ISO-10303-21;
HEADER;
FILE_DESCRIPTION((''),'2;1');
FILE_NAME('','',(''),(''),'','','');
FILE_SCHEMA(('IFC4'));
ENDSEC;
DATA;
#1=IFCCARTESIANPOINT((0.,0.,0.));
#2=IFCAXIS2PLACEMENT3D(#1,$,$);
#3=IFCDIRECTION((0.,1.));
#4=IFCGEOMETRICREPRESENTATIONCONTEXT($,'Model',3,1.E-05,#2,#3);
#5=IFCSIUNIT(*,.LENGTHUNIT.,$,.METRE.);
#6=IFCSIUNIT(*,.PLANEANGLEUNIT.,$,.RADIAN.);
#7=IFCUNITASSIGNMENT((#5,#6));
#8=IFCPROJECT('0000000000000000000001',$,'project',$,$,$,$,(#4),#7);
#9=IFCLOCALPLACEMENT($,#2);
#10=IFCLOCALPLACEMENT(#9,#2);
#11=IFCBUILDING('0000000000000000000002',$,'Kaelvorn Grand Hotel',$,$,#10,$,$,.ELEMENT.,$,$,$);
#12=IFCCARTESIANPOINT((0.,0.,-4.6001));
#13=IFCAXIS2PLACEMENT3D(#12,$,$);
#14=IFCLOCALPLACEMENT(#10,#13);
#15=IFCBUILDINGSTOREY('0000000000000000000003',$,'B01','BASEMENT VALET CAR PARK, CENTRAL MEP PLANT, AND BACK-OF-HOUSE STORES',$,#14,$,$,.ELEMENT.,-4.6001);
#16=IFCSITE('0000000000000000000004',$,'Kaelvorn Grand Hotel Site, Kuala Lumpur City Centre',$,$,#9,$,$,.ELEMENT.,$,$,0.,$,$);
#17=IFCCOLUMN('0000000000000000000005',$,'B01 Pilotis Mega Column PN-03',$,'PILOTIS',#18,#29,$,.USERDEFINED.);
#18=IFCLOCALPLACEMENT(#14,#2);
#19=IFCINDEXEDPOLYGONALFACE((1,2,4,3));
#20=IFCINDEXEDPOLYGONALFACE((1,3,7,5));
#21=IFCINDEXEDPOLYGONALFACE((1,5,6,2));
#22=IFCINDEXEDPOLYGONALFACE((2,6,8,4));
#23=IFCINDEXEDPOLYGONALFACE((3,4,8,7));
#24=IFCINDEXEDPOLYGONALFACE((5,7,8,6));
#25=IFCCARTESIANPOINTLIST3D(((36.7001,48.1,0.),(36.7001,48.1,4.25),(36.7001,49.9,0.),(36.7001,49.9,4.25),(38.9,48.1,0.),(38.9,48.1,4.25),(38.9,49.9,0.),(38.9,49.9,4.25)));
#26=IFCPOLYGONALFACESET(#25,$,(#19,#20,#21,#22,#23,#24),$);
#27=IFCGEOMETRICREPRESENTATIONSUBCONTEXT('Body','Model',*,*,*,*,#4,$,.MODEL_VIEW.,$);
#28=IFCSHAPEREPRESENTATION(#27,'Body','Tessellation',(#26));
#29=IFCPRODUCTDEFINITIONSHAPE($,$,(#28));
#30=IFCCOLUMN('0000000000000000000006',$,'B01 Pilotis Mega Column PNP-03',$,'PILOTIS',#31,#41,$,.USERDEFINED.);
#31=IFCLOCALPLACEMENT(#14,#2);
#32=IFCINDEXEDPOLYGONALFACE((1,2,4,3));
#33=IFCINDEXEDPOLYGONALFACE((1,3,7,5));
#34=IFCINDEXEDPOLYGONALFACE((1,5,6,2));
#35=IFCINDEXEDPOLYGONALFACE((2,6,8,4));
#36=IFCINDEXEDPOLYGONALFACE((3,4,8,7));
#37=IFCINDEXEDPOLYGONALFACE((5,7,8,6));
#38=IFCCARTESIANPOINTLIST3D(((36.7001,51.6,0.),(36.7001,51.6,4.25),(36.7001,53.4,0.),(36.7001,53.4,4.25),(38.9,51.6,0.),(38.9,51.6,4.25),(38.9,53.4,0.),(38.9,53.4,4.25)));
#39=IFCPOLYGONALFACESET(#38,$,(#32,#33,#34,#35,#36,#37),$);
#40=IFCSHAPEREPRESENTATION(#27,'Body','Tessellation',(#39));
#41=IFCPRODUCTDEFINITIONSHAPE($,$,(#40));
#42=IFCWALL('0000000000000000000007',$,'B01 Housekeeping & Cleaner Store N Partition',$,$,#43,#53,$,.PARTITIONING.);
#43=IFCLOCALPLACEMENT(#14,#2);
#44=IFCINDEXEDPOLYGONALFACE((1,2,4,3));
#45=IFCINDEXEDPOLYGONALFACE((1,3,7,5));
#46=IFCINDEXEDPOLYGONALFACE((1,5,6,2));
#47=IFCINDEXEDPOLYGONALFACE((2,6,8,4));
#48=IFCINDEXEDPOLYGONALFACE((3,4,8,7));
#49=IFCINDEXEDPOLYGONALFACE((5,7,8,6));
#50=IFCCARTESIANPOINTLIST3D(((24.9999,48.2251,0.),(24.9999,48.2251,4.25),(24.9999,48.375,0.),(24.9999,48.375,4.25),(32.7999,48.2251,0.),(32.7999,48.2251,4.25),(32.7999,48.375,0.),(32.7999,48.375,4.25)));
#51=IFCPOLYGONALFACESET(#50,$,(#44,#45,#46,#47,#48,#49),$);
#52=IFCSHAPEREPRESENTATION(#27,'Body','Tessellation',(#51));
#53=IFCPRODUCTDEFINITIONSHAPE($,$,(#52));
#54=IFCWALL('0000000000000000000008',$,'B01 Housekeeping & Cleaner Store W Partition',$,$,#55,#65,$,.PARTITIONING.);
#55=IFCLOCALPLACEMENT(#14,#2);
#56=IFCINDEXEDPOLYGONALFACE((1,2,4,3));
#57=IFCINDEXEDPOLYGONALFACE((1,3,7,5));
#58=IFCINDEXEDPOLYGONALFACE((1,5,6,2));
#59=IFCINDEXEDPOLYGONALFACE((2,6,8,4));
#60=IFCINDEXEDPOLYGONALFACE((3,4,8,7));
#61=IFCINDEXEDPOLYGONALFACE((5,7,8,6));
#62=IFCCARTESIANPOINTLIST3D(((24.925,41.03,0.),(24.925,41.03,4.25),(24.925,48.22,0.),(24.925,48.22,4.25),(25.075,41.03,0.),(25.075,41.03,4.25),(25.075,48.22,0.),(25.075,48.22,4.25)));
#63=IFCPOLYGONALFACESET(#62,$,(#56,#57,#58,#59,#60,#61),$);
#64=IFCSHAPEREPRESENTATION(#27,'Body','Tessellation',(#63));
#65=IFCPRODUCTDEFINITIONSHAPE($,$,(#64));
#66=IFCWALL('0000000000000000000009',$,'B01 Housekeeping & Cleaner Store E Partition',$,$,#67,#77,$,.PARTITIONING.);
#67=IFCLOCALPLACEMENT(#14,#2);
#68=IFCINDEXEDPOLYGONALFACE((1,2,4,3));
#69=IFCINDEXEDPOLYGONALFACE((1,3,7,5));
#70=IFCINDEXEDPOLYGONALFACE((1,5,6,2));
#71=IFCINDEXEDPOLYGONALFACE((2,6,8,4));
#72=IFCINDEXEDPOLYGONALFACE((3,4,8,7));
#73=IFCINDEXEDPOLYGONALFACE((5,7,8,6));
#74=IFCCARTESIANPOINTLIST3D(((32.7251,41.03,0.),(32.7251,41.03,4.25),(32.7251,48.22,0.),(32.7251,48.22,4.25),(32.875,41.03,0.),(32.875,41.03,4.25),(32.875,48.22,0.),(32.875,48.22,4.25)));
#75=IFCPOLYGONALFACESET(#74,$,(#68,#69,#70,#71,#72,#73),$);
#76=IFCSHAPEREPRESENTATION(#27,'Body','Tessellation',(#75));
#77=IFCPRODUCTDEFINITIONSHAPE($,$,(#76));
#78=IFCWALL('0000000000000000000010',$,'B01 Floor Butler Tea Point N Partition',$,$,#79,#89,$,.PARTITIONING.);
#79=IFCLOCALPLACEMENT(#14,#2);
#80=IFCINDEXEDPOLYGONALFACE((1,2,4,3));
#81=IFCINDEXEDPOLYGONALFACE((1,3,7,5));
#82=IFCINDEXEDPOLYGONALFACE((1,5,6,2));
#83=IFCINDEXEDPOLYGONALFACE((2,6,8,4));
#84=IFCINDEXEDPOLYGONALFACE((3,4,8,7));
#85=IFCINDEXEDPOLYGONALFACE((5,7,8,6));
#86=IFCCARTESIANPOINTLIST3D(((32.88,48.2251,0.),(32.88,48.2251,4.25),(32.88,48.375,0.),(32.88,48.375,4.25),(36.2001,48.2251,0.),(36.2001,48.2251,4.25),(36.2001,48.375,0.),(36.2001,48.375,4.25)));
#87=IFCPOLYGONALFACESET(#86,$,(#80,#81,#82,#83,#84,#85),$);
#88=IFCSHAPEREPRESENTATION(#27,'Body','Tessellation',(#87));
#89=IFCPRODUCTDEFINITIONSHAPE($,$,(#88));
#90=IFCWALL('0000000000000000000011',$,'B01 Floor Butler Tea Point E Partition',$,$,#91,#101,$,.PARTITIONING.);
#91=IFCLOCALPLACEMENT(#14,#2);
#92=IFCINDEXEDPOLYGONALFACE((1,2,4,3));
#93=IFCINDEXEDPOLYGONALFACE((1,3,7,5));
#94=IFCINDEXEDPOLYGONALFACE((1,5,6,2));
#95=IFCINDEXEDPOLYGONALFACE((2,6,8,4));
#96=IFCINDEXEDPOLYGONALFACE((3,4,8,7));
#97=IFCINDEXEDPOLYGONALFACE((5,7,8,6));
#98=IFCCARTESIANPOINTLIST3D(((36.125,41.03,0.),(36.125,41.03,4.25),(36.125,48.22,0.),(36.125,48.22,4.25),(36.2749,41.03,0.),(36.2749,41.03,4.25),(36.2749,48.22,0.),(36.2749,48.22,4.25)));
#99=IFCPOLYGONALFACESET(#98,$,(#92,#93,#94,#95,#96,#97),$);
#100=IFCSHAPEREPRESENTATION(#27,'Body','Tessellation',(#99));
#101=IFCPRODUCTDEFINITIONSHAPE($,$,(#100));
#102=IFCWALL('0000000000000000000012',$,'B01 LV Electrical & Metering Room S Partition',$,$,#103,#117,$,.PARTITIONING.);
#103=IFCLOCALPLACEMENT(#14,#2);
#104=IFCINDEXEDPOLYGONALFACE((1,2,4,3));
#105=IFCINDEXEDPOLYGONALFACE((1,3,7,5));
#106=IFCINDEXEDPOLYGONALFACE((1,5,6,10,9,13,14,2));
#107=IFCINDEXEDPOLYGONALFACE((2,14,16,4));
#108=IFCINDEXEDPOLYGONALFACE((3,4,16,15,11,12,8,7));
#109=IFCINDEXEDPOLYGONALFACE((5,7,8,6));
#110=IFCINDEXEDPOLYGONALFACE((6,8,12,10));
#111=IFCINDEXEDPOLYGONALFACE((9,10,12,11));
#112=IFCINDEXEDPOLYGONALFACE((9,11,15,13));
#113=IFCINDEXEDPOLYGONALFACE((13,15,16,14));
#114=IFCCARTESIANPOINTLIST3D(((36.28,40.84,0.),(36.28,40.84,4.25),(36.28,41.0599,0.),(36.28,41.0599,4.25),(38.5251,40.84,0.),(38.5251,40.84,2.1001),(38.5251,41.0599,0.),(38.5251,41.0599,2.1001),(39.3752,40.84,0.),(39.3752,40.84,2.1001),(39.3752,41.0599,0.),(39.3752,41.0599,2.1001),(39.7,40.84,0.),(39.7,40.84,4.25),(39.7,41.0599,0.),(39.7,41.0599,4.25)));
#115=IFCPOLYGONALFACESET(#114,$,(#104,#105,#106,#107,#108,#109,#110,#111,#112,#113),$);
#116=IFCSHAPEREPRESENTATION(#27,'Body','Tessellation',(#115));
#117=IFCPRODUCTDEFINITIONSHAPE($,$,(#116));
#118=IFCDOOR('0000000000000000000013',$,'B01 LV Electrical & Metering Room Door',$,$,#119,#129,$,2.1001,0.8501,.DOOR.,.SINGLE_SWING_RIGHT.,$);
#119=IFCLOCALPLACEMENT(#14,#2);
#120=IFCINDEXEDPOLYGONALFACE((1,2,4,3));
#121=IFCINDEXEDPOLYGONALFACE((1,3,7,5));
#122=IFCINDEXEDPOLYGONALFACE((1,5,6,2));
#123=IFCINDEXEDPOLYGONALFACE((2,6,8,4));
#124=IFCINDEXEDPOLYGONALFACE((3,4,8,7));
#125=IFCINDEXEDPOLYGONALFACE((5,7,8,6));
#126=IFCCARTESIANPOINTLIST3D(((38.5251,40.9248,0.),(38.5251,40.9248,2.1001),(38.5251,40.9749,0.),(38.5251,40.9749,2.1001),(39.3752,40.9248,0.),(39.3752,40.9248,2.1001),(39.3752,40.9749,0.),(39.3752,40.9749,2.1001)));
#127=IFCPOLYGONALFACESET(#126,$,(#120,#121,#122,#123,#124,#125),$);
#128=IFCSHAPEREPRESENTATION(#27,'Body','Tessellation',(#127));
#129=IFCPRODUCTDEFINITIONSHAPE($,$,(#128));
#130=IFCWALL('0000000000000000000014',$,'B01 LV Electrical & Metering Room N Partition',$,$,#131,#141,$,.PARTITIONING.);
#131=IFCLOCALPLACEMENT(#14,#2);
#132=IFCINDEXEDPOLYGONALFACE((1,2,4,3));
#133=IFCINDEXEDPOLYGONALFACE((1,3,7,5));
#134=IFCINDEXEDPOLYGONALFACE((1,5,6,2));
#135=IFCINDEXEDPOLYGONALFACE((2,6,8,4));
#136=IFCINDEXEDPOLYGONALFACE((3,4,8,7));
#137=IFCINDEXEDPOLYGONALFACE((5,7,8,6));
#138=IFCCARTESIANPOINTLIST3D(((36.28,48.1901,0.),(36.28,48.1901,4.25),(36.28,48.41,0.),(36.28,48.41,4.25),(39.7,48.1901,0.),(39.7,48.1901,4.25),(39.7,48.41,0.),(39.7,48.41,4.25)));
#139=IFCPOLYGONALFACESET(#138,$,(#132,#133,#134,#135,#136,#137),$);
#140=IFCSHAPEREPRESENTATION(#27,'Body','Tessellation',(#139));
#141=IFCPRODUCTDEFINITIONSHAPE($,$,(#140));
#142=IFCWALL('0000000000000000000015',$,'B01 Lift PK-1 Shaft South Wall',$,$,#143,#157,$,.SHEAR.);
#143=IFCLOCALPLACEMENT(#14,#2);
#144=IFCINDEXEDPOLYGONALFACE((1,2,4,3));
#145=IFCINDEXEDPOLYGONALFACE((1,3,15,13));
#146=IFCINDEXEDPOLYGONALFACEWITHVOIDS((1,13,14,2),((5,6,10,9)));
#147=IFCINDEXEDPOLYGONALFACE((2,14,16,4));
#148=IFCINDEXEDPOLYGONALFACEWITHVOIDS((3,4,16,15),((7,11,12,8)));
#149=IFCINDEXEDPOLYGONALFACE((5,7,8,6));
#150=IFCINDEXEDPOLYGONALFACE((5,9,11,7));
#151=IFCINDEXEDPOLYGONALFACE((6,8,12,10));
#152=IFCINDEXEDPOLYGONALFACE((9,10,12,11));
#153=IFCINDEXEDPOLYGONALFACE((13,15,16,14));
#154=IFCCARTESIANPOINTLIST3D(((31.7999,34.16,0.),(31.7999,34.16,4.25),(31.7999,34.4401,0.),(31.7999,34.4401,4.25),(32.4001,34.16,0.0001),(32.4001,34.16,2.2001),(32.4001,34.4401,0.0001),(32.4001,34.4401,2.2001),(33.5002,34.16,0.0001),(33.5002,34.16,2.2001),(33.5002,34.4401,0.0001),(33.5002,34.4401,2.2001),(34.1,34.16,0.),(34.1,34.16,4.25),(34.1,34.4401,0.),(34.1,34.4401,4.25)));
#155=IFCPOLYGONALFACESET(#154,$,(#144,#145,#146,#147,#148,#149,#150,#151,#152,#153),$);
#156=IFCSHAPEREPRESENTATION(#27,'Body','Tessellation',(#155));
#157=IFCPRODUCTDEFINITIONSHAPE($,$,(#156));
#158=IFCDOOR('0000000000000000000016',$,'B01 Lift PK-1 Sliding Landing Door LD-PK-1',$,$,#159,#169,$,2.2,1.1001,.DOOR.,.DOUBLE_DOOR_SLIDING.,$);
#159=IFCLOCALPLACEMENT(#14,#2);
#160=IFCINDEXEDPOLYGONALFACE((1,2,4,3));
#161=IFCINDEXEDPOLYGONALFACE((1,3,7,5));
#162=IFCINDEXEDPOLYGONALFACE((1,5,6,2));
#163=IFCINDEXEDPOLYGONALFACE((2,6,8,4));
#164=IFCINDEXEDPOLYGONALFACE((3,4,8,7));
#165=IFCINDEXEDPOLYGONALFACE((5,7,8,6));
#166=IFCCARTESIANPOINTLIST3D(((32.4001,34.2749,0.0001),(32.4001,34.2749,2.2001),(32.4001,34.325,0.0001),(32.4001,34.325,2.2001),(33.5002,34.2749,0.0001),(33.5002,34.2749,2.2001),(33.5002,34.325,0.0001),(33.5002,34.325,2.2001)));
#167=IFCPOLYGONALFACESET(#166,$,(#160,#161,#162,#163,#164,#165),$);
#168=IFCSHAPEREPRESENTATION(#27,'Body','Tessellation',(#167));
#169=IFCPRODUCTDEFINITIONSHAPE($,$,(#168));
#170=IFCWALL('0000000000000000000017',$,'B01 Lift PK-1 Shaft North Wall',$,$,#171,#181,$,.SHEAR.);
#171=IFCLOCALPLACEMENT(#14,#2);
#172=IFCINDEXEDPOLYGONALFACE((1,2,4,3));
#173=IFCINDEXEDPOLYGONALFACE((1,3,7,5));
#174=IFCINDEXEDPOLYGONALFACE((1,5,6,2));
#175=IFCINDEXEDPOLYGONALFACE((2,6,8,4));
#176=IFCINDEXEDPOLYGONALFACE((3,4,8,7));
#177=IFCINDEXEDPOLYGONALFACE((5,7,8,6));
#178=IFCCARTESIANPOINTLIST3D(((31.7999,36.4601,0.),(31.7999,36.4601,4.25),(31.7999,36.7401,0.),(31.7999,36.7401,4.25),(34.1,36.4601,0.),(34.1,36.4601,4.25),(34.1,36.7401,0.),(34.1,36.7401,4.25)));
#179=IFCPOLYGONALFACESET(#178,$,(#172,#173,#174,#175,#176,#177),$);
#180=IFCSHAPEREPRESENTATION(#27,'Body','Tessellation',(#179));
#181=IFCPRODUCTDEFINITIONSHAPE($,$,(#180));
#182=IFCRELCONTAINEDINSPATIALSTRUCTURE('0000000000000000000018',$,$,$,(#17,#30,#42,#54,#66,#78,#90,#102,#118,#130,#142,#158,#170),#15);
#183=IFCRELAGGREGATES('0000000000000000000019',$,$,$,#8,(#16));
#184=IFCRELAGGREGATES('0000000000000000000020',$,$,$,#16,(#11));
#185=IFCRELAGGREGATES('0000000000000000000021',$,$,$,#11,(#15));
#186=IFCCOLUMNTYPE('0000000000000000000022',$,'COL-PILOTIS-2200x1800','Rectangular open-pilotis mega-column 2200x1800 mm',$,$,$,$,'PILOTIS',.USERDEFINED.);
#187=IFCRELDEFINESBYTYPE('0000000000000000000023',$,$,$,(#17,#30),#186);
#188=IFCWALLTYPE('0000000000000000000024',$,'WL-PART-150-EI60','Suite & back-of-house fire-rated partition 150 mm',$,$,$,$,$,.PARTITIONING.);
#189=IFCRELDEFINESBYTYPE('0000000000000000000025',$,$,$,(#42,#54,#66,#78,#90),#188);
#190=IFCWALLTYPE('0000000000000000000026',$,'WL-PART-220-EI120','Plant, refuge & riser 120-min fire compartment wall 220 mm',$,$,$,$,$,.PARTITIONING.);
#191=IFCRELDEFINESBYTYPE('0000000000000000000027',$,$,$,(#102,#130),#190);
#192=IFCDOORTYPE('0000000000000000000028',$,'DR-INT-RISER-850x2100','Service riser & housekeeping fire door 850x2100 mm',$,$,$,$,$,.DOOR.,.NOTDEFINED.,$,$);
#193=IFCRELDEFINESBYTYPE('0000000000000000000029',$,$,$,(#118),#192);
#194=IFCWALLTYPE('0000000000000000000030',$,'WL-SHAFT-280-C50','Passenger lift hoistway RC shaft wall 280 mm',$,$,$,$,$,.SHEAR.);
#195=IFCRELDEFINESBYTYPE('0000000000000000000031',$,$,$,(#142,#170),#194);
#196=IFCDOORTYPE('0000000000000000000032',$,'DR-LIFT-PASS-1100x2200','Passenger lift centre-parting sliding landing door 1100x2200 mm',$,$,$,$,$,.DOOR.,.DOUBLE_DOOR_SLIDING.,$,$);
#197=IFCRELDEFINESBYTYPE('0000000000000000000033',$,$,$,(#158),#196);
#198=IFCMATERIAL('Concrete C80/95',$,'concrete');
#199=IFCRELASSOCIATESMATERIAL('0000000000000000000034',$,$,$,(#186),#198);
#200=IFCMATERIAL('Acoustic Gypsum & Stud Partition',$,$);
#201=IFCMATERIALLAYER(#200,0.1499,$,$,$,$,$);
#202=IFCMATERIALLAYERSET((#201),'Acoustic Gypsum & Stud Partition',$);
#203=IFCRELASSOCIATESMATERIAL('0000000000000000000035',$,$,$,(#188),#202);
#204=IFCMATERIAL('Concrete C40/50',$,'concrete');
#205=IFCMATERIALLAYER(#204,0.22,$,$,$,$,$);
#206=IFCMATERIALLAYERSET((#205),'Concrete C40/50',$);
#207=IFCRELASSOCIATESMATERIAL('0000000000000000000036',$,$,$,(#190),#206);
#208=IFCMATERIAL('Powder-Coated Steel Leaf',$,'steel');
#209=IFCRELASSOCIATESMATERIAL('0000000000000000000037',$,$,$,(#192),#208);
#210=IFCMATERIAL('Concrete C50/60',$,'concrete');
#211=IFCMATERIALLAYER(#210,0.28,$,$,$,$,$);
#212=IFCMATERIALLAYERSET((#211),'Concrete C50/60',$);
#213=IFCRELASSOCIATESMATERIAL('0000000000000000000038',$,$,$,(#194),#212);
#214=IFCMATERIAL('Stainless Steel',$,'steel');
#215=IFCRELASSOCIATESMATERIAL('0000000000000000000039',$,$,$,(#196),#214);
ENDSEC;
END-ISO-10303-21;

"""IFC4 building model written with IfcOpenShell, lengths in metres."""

from ifc_helpers import new_model, si_unit, direction, frame, frame_2d, origin, origin_2d, place, context, subcontext, project, spatial, rectangle, extrude, material, layer, layer_set, material_profile, profile_set, type_object, element, fill, save


model = new_model("IFC4")

# Units and contexts
model_context = context("Model", 3, precision=1e-05, world=origin(), true_north=direction((0.0, 1.0)))
body_context = subcontext(model_context, "Body", "Model", "MODEL_VIEW")
ifc_project = project(units=[si_unit("LENGTHUNIT", "METRE"), si_unit("PLANEANGLEUNIT", "RADIAN")], contexts=[model_context])

# Site, building, storey
site_placement = place(None, origin())
site = spatial("IfcSite", under=ifc_project, at=site_placement, Name="Kaelvorn Grand Hotel Site, Kuala Lumpur City Centre", CompositionType="ELEMENT", RefElevation=0.0)
building_placement = place(site_placement, origin())
building = spatial("IfcBuilding", under=site, at=building_placement, Name="Kaelvorn Grand Hotel", CompositionType="ELEMENT")
storey_placement = place(building_placement, frame((0.0, 0.0, -4.6001)))
storey = spatial("IfcBuildingStorey", under=building, at=storey_placement, Name="B01", Description="BASEMENT VALET CAR PARK, CENTRAL MEP PLANT, AND BACK-OF-HOUSE STORES", CompositionType="ELEMENT", Elevation=-4.6001)

# Columns
ifc_material_1 = material(Name="Concrete C80/95", Category="concrete")
ifc_material_profile = material_profile(ifc_material_1, rectangle(XDim=2.2, YDim=1.8, at=origin_2d()), Name="PILOTIS 2200x1800")
ifc_profile_set = profile_set([ifc_material_profile], Name="Concrete C80/95")
column_type = type_object("IfcColumnType", Name="COL-PILOTIS-2200x1800", Description="Rectangular open-pilotis mega-column 2200x1800 mm", ElementType="PILOTIS", PredefinedType="USERDEFINED", material=ifc_profile_set)
for number, where, z_axis, x_axis, name in (
    (1, (37.8, 49.0, 0.0), (0.0, 0.0, 1.0), (1.0, 0.0, 0.0), "B01 Pilotis Mega Column PN-03"),
    (2, (37.8, 52.5, 0.0), (0.0, 0.0, 1.0), (1.0, 0.0, 0.0), "B01 Pilotis Mega Column PNP-03"),
):
    element("IfcColumn", number, at=place(storey_placement, frame(where, z_axis=z_axis, x_axis=x_axis)), inside=storey, type_object=column_type, Name=name, ObjectType="PILOTIS", PredefinedType="USERDEFINED", context=body_context, shape_type="SweptSolid", body=[
        extrude(rectangle(XDim=2.2, YDim=1.8, at=origin_2d()), origin(), (0.0, 0.0, 1.0), 4.25),
    ])

# Walls
ifc_material_2 = material(Name="Acoustic Gypsum & Stud Partition")
ifc_layer_1 = layer(ifc_material_2, 0.1499)
ifc_layer_set_1 = layer_set([ifc_layer_1], Name="Acoustic Gypsum & Stud Partition")
wall_type_1 = type_object("IfcWallType", Name="WL-PART-150-EI60", Description="Suite & back-of-house fire-rated partition 150 mm", PredefinedType="PARTITIONING", material=ifc_layer_set_1)
wall_1_placement = place(storey_placement, frame((25.0, 48.3, 0.0), z_axis=(0.0, 0.0, 1.0), x_axis=(1.0, 0.0, 0.0)))
element("IfcWall", 3, at=wall_1_placement, inside=storey, type_object=wall_type_1, Name="B01 Housekeeping & Cleaner Store N Partition", PredefinedType="PARTITIONING", context=body_context, shape_type="SweptSolid", body=[
    extrude(rectangle(XDim=7.8, YDim=0.1499, at=frame_2d((3.8999, 0.0))), origin(), (0.0, 0.0, 1.0), 4.25),
])
for number, where, z_axis, x_axis, name in (
    (4, (25.0, 41.03, 0.0), (0.0, 0.0, 1.0), (0.0, 1.0, 0.0), "B01 Housekeeping & Cleaner Store W Partition"),
    (5, (32.8, 41.03, 0.0), (0.0, 0.0, 1.0), (0.0, 1.0, 0.0), "B01 Housekeeping & Cleaner Store E Partition"),
):
    element("IfcWall", number, at=place(storey_placement, frame(where, z_axis=z_axis, x_axis=x_axis)), inside=storey, type_object=wall_type_1, Name=name, PredefinedType="PARTITIONING", context=body_context, shape_type="SweptSolid", body=[
        extrude(rectangle(XDim=7.1899, YDim=0.1499, at=frame_2d((3.595, 0.0))), origin(), (0.0, 0.0, 1.0), 4.25),
    ])

# Walls
wall_2_placement = place(storey_placement, frame((32.8799, 48.3, 0.0), z_axis=(0.0, 0.0, 1.0), x_axis=(1.0, 0.0, 0.0)))
element("IfcWall", 6, at=wall_2_placement, inside=storey, type_object=wall_type_1, Name="B01 Floor Butler Tea Point N Partition", PredefinedType="PARTITIONING", context=body_context, shape_type="SweptSolid", body=[
    extrude(rectangle(XDim=3.3201, YDim=0.1499, at=frame_2d((1.6602, 0.0))), origin(), (0.0, 0.0, 1.0), 4.25),
])
wall_3_placement = place(storey_placement, frame((36.2, 41.03, 0.0), z_axis=(0.0, 0.0, 1.0), x_axis=(0.0, 1.0, 0.0)))
element("IfcWall", 7, at=wall_3_placement, inside=storey, type_object=wall_type_1, Name="B01 Floor Butler Tea Point E Partition", PredefinedType="PARTITIONING", context=body_context, shape_type="SweptSolid", body=[
    extrude(rectangle(XDim=7.1899, YDim=0.1499, at=frame_2d((3.595, 0.0))), origin(), (0.0, 0.0, 1.0), 4.25),
])

# Wall, opening, door
ifc_material_3 = material(Name="Concrete C40/50", Category="concrete")
ifc_layer_2 = layer(ifc_material_3, 0.22)
ifc_layer_set_2 = layer_set([ifc_layer_2], Name="Concrete C40/50")
wall_type_2 = type_object("IfcWallType", Name="WL-PART-220-EI120", Description="Plant, refuge & riser 120-min fire compartment wall 220 mm", PredefinedType="PARTITIONING", material=ifc_layer_set_2)
wall_4_placement = place(storey_placement, frame((36.28, 40.95, 0.0), z_axis=(0.0, 0.0, 1.0), x_axis=(1.0, 0.0, 0.0)))
wall_4 = element("IfcWall", 8, at=wall_4_placement, inside=storey, type_object=wall_type_2, Name="B01 LV Electrical & Metering Room S Partition", PredefinedType="PARTITIONING", context=body_context, shape_type="SweptSolid", body=[
    extrude(rectangle(XDim=3.4199, YDim=0.22, at=frame_2d((1.71, 0.0))), origin(), (0.0, 0.0, 1.0), 4.25),
])
opening_1_placement = place(wall_4_placement, frame((2.2451, 0.0, 0.0)))
opening_1 = element("IfcOpeningElement", 9, at=opening_1_placement, cuts=wall_4, PredefinedType="OPENING", context=body_context, shape_type="SweptSolid", body=[
    extrude(rectangle(XDim=0.8501, YDim=2.1001, at=frame_2d((0.425, 1.05))), frame((0.0, 0.1201, 0.0), z_axis=(0.0, -1.0, 0.0), x_axis=(1.0, 0.0, 0.0)), (0.0, 0.0, 1.0), 0.24),
])
ifc_material_4 = material(Name="Powder-Coated Steel Leaf", Category="steel")
door_type_1 = type_object("IfcDoorType", Name="DR-INT-RISER-850x2100", Description="Service riser & housekeeping fire door 850x2100 mm", OperationType="NOTDEFINED", PredefinedType="DOOR", material=ifc_material_4)
door_1_placement = place(opening_1_placement, origin())
door_1 = element("IfcDoor", 10, at=door_1_placement, inside=storey, type_object=door_type_1, Name="B01 LV Electrical & Metering Room Door", OperationType="SINGLE_SWING_RIGHT", OverallHeight=2.1001, OverallWidth=0.8501, PredefinedType="DOOR", context=body_context, shape_type="SweptSolid", body=[
    extrude(rectangle(XDim=0.8501, YDim=2.1001, at=frame_2d((0.425, 1.05))), frame((0.0, 0.0249, 0.0), z_axis=(0.0, -1.0, 0.0), x_axis=(1.0, 0.0, 0.0)), (0.0, 0.0, 1.0), 0.05),
])
fill(opening_1, door_1)

# Wall
wall_5_placement = place(storey_placement, frame((36.28, 48.3, 0.0), z_axis=(0.0, 0.0, 1.0), x_axis=(1.0, 0.0, 0.0)))
element("IfcWall", 11, at=wall_5_placement, inside=storey, type_object=wall_type_2, Name="B01 LV Electrical & Metering Room N Partition", PredefinedType="PARTITIONING", context=body_context, shape_type="SweptSolid", body=[
    extrude(rectangle(XDim=3.4199, YDim=0.22, at=frame_2d((1.71, 0.0))), origin(), (0.0, 0.0, 1.0), 4.25),
])

# Wall, opening, door
ifc_material_5 = material(Name="Concrete C50/60", Category="concrete")
ifc_layer_3 = layer(ifc_material_5, 0.28)
ifc_layer_set_3 = layer_set([ifc_layer_3], Name="Concrete C50/60")
wall_type_3 = type_object("IfcWallType", Name="WL-SHAFT-280-C50", Description="Passenger lift hoistway RC shaft wall 280 mm", PredefinedType="SHEAR", material=ifc_layer_set_3)
wall_6_placement = place(storey_placement, frame((31.8, 34.3, 0.0), z_axis=(0.0, 0.0, 1.0), x_axis=(1.0, 0.0, 0.0)))
wall_6 = element("IfcWall", 12, at=wall_6_placement, inside=storey, type_object=wall_type_3, Name="B01 Lift PK-1 Shaft South Wall", PredefinedType="SHEAR", context=body_context, shape_type="SweptSolid", body=[
    extrude(rectangle(XDim=2.3, YDim=0.28, at=frame_2d((1.1499, 0.0))), origin(), (0.0, 0.0, 1.0), 4.25),
])
opening_2_placement = place(wall_6_placement, frame((0.6001, 0.0, 0.0)))
opening_2 = element("IfcOpeningElement", 13, at=opening_2_placement, cuts=wall_6, PredefinedType="OPENING", context=body_context, shape_type="SweptSolid", body=[
    extrude(rectangle(XDim=1.1001, YDim=2.2, at=frame_2d((0.55, 1.1001))), frame((0.0, 0.1499, 0.0), z_axis=(0.0, -1.0, 0.0), x_axis=(1.0, 0.0, 0.0)), (0.0, 0.0, 1.0), 0.3),
])
ifc_material_6 = material(Name="Stainless Steel", Category="steel")
door_type_2 = type_object("IfcDoorType", Name="DR-LIFT-PASS-1100x2200", Description="Passenger lift centre-parting sliding landing door 1100x2200 mm", OperationType="DOUBLE_DOOR_SLIDING", PredefinedType="DOOR", material=ifc_material_6)
door_2_placement = place(opening_2_placement, origin())
door_2 = element("IfcDoor", 14, at=door_2_placement, inside=storey, type_object=door_type_2, Name="B01 Lift PK-1 Sliding Landing Door LD-PK-1", OperationType="DOUBLE_DOOR_SLIDING", OverallHeight=2.2, OverallWidth=1.1001, PredefinedType="DOOR", context=body_context, shape_type="SweptSolid", body=[
    extrude(rectangle(XDim=1.1001, YDim=2.2, at=frame_2d((0.55, 1.1001))), frame((0.0, 0.0249, 0.0), z_axis=(0.0, -1.0, 0.0), x_axis=(1.0, 0.0, 0.0)), (0.0, 0.0, 1.0), 0.05),
])
fill(opening_2, door_2)

# Wall
wall_7_placement = place(storey_placement, frame((31.8, 36.6001, 0.0), z_axis=(0.0, 0.0, 1.0), x_axis=(1.0, 0.0, 0.0)))
element("IfcWall", 15, at=wall_7_placement, inside=storey, type_object=wall_type_3, Name="B01 Lift PK-1 Shaft North Wall", PredefinedType="SHEAR", context=body_context, shape_type="SweptSolid", body=[
    extrude(rectangle(XDim=2.3, YDim=0.28, at=frame_2d((1.1499, 0.0))), origin(), (0.0, 0.0, 1.0), 4.25),
])

save(model, "model.ifc")
